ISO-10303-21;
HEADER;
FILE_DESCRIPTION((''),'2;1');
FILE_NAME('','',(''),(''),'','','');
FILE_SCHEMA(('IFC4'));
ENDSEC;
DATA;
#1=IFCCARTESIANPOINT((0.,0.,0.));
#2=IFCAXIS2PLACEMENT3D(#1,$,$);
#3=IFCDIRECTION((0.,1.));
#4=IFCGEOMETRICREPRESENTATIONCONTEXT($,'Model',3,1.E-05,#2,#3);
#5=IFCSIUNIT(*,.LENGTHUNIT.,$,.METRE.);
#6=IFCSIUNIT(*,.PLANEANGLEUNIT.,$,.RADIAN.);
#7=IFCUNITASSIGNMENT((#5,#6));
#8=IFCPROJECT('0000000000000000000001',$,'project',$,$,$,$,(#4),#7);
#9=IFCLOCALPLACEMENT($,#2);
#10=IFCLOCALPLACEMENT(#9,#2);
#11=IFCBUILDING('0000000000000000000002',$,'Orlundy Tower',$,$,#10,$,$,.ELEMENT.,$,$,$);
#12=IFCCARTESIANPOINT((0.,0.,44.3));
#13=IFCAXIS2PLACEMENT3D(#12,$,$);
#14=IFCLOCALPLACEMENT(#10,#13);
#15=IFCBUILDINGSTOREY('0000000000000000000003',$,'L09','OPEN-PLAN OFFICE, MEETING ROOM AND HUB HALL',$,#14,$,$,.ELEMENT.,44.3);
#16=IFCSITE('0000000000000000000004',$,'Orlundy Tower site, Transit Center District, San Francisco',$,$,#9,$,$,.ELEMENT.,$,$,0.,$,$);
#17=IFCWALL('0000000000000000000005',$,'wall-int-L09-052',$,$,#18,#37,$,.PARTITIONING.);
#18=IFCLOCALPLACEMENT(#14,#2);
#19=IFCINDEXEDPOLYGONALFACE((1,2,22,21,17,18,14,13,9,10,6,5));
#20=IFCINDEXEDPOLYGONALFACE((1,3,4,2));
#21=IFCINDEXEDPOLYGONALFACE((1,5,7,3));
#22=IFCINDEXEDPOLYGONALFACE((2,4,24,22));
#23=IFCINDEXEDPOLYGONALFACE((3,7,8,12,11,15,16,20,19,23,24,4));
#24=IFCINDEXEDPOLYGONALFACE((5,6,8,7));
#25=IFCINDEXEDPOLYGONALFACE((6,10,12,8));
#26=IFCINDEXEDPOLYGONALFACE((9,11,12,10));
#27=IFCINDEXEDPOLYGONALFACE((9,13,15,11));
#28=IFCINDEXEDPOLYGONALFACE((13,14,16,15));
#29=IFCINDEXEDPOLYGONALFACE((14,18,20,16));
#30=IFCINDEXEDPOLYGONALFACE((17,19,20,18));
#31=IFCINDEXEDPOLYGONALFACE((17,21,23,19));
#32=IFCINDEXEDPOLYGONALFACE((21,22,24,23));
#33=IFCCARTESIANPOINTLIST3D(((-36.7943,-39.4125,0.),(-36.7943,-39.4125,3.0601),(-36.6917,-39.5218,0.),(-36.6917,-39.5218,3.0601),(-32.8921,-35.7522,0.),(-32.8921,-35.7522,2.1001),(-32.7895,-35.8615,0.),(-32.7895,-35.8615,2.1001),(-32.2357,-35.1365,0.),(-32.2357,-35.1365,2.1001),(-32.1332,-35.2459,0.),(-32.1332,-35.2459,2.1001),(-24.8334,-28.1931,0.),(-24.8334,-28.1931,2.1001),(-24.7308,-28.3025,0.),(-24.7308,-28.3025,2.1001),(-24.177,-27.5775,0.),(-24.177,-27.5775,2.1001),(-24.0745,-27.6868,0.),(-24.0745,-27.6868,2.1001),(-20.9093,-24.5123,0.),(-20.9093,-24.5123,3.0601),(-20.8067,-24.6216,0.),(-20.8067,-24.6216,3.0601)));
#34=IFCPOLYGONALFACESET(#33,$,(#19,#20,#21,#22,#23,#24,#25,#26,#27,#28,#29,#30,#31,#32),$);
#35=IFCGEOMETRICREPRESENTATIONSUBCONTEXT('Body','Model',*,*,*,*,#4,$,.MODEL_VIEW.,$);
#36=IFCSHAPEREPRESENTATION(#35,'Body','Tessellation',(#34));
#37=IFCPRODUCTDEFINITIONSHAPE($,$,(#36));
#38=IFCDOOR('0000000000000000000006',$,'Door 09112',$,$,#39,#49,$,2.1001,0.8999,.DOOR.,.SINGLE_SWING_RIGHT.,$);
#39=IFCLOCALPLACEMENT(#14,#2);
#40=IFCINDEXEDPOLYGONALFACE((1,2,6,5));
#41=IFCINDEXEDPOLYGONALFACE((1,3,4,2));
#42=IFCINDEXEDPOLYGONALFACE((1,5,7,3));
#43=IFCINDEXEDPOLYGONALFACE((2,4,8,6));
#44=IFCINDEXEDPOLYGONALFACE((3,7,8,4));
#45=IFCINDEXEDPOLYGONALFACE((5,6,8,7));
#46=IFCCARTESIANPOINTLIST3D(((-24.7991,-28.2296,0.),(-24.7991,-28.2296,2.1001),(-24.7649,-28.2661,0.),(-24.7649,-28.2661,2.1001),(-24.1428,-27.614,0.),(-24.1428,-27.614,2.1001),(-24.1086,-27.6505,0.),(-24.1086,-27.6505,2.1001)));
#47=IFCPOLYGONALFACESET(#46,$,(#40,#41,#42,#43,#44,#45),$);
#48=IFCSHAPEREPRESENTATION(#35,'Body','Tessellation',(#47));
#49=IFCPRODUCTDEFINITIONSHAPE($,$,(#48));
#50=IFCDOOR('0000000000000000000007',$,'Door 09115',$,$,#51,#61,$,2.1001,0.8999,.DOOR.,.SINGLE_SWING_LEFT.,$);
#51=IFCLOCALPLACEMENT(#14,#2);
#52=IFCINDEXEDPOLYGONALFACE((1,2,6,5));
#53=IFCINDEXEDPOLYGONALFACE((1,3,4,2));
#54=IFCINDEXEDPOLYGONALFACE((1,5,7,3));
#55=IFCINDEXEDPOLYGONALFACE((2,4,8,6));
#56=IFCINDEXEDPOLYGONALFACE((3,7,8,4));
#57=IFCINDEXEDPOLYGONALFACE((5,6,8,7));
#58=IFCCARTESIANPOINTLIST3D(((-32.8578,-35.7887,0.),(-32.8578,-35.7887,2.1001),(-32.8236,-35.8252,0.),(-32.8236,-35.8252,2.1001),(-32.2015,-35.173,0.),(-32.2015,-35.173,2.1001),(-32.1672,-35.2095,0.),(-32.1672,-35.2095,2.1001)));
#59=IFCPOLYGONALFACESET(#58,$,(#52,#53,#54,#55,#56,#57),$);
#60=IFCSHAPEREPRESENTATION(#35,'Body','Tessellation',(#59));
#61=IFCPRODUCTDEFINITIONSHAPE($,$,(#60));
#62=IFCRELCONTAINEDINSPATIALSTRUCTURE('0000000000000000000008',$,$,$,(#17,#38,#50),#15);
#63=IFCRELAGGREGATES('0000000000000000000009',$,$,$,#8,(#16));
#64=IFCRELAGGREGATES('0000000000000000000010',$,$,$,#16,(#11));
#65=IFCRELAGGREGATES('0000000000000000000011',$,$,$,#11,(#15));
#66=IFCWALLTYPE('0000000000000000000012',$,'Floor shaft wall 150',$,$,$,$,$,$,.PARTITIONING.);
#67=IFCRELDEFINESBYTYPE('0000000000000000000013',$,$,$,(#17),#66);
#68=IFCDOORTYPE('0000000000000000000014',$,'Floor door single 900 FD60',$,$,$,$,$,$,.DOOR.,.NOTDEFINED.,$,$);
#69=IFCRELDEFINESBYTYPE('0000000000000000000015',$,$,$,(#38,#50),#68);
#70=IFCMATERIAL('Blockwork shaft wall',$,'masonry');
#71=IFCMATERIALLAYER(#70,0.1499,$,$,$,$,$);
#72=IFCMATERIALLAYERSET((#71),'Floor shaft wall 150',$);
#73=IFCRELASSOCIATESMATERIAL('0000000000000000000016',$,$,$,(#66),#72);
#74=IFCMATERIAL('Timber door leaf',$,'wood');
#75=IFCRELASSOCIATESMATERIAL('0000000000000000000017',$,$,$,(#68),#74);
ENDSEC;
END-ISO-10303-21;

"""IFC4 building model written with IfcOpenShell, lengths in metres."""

from ifc_helpers import new_model, si_unit, direction, frame, frame_2d, origin, place, context, subcontext, project, spatial, rectangle, extrude, material, layer, layer_set, type_object, element, fill, save


model = new_model("IFC4")

# Units and contexts
model_context = context("Model", 3, precision=1e-05, world=origin(), true_north=direction((0.0, 1.0)))
body_context = subcontext(model_context, "Body", "Model", "MODEL_VIEW")
ifc_project = project(units=[si_unit("LENGTHUNIT", "METRE"), si_unit("PLANEANGLEUNIT", "RADIAN")], contexts=[model_context])

# Site, building, storey
site_placement = place(None, origin())
site = spatial("IfcSite", under=ifc_project, at=site_placement, Name="Orlundy Tower site, Transit Center District, San Francisco", CompositionType="ELEMENT", RefElevation=0.0)
building_placement = place(site_placement, origin())
building = spatial("IfcBuilding", under=site, at=building_placement, Name="Orlundy Tower", CompositionType="ELEMENT")
storey_placement = place(building_placement, frame((0.0, 0.0, 44.3)))
storey = spatial("IfcBuildingStorey", under=building, at=storey_placement, Name="L09", Description="OPEN-PLAN OFFICE, MEETING ROOM AND HUB HALL", CompositionType="ELEMENT", Elevation=44.3)

# Shared definitions
ifc_material_1 = material(Name="Blockwork shaft wall", Category="masonry")
ifc_layer_1 = layer(ifc_material_1, 0.1499)
ifc_layer_set_1 = layer_set([ifc_layer_1], Name="Floor shaft wall 150")
wall_type_1 = type_object("IfcWallType", Name="Floor shaft wall 150", PredefinedType="PARTITIONING", material=ifc_layer_set_1)

# Wall, openings, doors
wall_1_placement = place(storey_placement, frame((-36.7429, -39.467, 0.0), z_axis=(0.0, 0.0, 1.0), x_axis=(0.729355, 0.684135, 0.0)))
wall_1 = element("IfcWall", 1, at=wall_1_placement, inside=storey, type_object=wall_type_1, Name="wall-int-L09-052", PredefinedType="PARTITIONING", context=body_context, shape_type="SweptSolid", body=[
    extrude(rectangle(XDim=21.7795, YDim=0.1499, at=frame_2d((10.8896, 0.0))), origin(), (0.0, 0.0, 1.0), 3.0601),
])
opening_1_placement = place(wall_1_placement, frame((16.3992, 0.0, 0.0)))
opening_1 = element("IfcOpeningElement", 2, at=opening_1_placement, cuts=wall_1, PredefinedType="OPENING", context=body_context, shape_type="SweptSolid", body=[
    extrude(rectangle(XDim=0.8999, YDim=2.1001, at=frame_2d((0.45, 1.05))), frame((0.0, 0.085, 0.0), z_axis=(0.0, -1.0, 0.0), x_axis=(1.0, 0.0, 0.0)), (0.0, 0.0, 1.0), 0.1699),
])
opening_2_placement = place(wall_1_placement, frame((5.3501, 0.0, 0.0)))
opening_2 = element("IfcOpeningElement", 3, at=opening_2_placement, cuts=wall_1, PredefinedType="OPENING", context=body_context, shape_type="SweptSolid", body=[
    extrude(rectangle(XDim=0.8999, YDim=2.1001, at=frame_2d((0.45, 1.05))), frame((0.0, 0.085, 0.0), z_axis=(0.0, -1.0, 0.0), x_axis=(1.0, 0.0, 0.0)), (0.0, 0.0, 1.0), 0.1699),
])
ifc_material_2 = material(Name="Timber door leaf", Category="wood")
door_type_1 = type_object("IfcDoorType", Name="Floor door single 900 FD60", OperationType="NOTDEFINED", PredefinedType="DOOR", material=ifc_material_2)
door_1_placement = place(opening_1_placement, origin())
door_1 = element("IfcDoor", 4, at=door_1_placement, inside=storey, type_object=door_type_1, Name="Door 09112", OperationType="SINGLE_SWING_RIGHT", OverallHeight=2.1001, OverallWidth=0.8999, PredefinedType="DOOR", context=body_context, shape_type="SweptSolid", body=[
    extrude(rectangle(XDim=0.8999, YDim=2.1001, at=frame_2d((0.45, 1.05))), frame((0.0, 0.0249, 0.0), z_axis=(0.0, -1.0, 0.0), x_axis=(1.0, 0.0, 0.0)), (0.0, 0.0, 1.0), 0.05),
])
fill(opening_1, door_1)
door_2_placement = place(opening_2_placement, origin())
door_2 = element("IfcDoor", 5, at=door_2_placement, inside=storey, type_object=door_type_1, Name="Door 09115", OperationType="SINGLE_SWING_LEFT", OverallHeight=2.1001, OverallWidth=0.8999, PredefinedType="DOOR", context=body_context, shape_type="SweptSolid", body=[
    extrude(rectangle(XDim=0.8999, YDim=2.1001, at=frame_2d((0.45, 1.05))), frame((0.0, 0.0249, 0.0), z_axis=(0.0, -1.0, 0.0), x_axis=(1.0, 0.0, 0.0)), (0.0, 0.0, 1.0), 0.05),
])
fill(opening_2, door_2)

save(model, "model.ifc")
